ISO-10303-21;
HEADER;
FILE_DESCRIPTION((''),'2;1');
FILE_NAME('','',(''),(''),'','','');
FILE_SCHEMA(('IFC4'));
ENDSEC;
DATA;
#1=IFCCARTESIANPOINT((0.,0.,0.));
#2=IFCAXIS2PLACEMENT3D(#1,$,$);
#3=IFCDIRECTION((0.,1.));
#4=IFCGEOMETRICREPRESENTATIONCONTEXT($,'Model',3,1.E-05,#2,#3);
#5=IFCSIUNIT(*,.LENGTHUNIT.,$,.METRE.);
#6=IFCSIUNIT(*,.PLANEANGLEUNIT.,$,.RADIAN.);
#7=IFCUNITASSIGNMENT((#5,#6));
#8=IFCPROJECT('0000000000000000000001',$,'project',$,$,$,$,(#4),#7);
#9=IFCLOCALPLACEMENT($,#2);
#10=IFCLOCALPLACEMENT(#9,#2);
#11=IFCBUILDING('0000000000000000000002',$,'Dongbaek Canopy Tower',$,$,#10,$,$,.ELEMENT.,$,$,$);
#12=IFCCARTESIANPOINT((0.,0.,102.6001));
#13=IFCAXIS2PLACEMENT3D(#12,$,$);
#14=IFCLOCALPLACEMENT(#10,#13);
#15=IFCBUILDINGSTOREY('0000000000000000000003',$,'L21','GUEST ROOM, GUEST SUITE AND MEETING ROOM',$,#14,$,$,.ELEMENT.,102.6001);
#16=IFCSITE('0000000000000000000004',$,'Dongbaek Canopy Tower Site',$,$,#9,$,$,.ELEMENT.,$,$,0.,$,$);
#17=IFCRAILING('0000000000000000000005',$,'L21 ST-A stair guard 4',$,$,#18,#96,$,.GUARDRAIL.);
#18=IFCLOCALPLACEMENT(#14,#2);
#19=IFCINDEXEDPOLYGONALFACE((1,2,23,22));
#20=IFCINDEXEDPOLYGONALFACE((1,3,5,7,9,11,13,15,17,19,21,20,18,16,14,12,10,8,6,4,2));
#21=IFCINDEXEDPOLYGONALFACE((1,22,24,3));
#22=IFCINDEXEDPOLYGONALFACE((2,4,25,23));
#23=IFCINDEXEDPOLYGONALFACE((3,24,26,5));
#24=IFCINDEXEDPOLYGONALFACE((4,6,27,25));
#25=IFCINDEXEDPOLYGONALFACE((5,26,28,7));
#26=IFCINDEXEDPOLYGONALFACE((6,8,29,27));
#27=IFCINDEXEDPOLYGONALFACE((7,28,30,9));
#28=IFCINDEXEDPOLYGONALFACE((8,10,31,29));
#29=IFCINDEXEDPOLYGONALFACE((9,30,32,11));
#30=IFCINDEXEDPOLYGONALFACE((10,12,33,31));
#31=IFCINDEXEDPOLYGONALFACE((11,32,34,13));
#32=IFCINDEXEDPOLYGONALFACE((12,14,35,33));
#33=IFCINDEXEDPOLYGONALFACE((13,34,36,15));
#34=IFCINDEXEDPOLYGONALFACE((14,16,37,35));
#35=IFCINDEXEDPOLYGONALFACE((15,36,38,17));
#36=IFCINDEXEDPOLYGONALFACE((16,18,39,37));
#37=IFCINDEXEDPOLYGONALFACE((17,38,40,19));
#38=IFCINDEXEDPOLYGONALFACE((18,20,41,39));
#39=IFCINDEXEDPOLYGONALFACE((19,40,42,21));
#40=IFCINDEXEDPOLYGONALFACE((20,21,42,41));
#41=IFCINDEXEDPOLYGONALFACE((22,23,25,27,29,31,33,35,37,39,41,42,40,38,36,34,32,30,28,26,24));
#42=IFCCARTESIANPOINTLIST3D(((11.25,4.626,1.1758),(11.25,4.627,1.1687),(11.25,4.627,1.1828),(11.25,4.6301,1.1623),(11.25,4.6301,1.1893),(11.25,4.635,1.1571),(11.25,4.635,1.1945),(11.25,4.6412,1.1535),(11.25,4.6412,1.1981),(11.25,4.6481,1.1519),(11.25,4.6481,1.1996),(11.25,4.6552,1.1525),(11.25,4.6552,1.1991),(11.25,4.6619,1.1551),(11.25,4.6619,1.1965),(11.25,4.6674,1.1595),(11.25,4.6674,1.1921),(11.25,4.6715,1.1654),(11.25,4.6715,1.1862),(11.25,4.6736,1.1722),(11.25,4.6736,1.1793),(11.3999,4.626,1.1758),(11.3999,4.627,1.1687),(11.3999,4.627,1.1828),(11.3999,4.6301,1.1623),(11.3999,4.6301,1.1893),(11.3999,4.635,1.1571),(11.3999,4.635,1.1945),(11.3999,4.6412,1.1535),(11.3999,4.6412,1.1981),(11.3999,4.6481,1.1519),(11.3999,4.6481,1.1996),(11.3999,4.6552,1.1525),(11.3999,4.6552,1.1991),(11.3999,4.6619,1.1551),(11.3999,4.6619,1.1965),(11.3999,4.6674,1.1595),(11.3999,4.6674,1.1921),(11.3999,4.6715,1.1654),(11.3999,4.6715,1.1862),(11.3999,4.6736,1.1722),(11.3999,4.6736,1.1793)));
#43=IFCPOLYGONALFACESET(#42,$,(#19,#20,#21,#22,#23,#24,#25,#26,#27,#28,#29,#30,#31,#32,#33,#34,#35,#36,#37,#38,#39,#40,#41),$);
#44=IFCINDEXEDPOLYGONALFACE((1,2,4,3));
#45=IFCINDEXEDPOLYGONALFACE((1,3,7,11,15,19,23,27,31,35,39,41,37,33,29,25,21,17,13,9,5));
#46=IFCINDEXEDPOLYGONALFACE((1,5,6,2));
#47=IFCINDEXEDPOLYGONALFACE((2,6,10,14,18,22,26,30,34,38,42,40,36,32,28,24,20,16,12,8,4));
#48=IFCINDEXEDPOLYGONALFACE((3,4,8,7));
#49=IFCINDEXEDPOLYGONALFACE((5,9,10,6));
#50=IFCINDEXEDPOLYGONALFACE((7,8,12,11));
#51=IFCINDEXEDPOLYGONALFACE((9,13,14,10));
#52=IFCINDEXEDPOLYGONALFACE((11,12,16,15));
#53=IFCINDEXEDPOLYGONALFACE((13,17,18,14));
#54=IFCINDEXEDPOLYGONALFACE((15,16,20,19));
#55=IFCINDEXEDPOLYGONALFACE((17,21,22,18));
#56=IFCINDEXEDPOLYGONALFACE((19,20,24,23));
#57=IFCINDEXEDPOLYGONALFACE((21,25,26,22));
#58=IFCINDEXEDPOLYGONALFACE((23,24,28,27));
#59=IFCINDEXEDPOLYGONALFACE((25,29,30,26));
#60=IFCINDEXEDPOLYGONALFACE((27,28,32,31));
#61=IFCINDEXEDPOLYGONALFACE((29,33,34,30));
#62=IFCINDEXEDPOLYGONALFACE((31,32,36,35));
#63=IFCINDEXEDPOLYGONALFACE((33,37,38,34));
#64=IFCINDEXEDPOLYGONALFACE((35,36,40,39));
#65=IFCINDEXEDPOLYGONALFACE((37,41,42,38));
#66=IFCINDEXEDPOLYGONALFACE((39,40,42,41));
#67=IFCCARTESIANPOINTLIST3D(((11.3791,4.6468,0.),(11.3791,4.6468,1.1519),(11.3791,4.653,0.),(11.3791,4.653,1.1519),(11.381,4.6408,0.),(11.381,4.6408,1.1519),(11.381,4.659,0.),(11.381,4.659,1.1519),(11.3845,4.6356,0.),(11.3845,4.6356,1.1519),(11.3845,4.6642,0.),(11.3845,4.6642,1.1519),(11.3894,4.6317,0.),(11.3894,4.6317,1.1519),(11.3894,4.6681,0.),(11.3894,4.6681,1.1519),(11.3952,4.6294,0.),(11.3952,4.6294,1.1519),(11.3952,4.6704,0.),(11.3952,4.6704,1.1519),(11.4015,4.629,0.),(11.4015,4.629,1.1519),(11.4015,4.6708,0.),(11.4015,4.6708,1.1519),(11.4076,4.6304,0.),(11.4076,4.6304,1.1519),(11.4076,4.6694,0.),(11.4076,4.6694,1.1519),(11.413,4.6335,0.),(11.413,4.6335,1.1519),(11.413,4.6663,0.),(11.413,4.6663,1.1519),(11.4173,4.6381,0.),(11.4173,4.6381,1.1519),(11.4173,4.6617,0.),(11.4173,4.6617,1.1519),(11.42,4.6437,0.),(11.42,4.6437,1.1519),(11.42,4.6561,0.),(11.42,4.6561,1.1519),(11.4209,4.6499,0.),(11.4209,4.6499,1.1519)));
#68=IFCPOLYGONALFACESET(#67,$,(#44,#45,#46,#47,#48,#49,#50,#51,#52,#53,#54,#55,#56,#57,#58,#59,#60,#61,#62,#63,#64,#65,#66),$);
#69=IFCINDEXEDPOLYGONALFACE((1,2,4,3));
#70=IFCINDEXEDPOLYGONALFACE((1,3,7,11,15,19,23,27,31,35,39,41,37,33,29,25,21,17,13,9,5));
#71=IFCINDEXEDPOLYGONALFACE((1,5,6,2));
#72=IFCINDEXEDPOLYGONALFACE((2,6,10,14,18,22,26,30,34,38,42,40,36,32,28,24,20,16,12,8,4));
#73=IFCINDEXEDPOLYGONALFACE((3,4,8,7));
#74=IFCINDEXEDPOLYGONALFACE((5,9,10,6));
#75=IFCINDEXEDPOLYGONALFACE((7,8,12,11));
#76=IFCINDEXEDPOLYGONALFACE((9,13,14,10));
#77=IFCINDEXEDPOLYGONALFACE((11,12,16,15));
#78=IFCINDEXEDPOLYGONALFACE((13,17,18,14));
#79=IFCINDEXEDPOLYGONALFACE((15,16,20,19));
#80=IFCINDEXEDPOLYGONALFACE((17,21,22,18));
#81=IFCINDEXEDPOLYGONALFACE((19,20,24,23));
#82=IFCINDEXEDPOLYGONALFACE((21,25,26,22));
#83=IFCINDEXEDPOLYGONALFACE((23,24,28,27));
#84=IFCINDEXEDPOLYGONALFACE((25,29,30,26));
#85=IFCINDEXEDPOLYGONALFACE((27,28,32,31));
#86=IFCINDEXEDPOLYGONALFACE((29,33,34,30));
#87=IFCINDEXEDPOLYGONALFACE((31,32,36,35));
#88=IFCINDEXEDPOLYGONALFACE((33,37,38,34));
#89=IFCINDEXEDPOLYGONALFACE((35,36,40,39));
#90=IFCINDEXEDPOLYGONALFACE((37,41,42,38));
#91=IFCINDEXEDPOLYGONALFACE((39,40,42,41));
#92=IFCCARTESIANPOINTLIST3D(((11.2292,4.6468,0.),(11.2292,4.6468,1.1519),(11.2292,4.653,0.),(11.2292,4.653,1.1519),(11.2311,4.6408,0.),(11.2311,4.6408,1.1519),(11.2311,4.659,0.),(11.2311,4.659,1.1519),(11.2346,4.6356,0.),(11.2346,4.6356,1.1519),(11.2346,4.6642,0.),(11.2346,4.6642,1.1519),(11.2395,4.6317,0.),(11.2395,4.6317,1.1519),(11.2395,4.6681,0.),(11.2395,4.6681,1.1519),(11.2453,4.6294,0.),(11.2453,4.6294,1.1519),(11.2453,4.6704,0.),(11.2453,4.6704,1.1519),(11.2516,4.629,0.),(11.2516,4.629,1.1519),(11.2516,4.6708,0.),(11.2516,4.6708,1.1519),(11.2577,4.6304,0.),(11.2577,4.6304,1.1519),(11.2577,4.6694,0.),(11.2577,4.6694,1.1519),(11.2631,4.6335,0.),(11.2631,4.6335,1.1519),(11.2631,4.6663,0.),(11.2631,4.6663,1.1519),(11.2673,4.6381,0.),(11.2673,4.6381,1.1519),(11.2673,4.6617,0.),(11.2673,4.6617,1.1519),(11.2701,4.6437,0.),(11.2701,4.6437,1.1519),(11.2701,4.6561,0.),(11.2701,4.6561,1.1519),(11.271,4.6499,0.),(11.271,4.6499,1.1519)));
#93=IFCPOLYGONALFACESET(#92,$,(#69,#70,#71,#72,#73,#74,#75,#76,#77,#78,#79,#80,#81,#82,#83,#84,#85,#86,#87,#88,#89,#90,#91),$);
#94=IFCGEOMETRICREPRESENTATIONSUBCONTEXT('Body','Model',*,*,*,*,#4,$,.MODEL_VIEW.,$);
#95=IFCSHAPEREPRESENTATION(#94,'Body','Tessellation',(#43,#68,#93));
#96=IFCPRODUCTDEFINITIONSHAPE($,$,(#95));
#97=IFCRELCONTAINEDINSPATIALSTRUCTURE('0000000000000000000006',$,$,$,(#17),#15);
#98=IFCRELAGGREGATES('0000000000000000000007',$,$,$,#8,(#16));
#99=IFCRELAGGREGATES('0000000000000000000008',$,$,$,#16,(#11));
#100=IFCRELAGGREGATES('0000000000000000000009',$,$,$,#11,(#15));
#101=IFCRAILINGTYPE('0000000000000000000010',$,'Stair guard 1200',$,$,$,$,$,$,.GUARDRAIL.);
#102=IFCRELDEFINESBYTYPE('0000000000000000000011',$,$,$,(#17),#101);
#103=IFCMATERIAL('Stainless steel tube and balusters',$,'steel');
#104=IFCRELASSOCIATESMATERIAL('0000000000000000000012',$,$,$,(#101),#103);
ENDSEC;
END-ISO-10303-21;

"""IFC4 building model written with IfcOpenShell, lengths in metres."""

from ifc_helpers import new_model, si_unit, direction, frame, origin, origin_2d, place, context, subcontext, project, spatial, circle, extrude, material, type_object, element, save


model = new_model("IFC4")

# Units and contexts
model_context = context("Model", 3, precision=1e-05, world=origin(), true_north=direction((0.0, 1.0)))
body_context = subcontext(model_context, "Body", "Model", "MODEL_VIEW")
ifc_project = project(units=[si_unit("LENGTHUNIT", "METRE"), si_unit("PLANEANGLEUNIT", "RADIAN")], contexts=[model_context])

# Site, building, storey
site_placement = place(None, origin())
site = spatial("IfcSite", under=ifc_project, at=site_placement, Name="Dongbaek Canopy Tower Site", CompositionType="ELEMENT", RefElevation=0.0)
building_placement = place(site_placement, origin())
building = spatial("IfcBuilding", under=site, at=building_placement, Name="Dongbaek Canopy Tower", CompositionType="ELEMENT")
storey_placement = place(building_placement, frame((0.0, 0.0, 102.6001)))
storey = spatial("IfcBuildingStorey", under=building, at=storey_placement, Name="L21", Description="GUEST ROOM, GUEST SUITE AND MEETING ROOM", CompositionType="ELEMENT", Elevation=102.6001)

# Railing
ifc_material_1 = material(Name="Stainless steel tube and balusters", Category="steel")
railing_type_1 = type_object("IfcRailingType", Name="Stair guard 1200", PredefinedType="GUARDRAIL", material=ifc_material_1)
railing_1_placement = place(storey_placement, frame((11.3999, 4.6499, 0.0)))
element("IfcRailing", 1, at=railing_1_placement, inside=storey, type_object=railing_type_1, Name="L21 ST-A stair guard 4", PredefinedType="GUARDRAIL", context=body_context, shape_type="SweptSolid", body=[
    extrude(circle(Radius=0.0239, at=origin_2d()), frame((0.0, 0.0, 1.1758), z_axis=(-1.0, 0.0, 0.0), x_axis=(0.0, -1.0, 0.0)), (0.0, 0.0, 1.0), 0.1499),
    extrude(circle(Radius=0.021, at=origin_2d()), origin(), (0.0, 0.0, 1.0), 1.1519),
    extrude(circle(Radius=0.021, at=origin_2d()), frame((-0.1499, 0.0, 0.0)), (0.0, 0.0, 1.0), 1.1519),
])

save(model, "model.ifc")
